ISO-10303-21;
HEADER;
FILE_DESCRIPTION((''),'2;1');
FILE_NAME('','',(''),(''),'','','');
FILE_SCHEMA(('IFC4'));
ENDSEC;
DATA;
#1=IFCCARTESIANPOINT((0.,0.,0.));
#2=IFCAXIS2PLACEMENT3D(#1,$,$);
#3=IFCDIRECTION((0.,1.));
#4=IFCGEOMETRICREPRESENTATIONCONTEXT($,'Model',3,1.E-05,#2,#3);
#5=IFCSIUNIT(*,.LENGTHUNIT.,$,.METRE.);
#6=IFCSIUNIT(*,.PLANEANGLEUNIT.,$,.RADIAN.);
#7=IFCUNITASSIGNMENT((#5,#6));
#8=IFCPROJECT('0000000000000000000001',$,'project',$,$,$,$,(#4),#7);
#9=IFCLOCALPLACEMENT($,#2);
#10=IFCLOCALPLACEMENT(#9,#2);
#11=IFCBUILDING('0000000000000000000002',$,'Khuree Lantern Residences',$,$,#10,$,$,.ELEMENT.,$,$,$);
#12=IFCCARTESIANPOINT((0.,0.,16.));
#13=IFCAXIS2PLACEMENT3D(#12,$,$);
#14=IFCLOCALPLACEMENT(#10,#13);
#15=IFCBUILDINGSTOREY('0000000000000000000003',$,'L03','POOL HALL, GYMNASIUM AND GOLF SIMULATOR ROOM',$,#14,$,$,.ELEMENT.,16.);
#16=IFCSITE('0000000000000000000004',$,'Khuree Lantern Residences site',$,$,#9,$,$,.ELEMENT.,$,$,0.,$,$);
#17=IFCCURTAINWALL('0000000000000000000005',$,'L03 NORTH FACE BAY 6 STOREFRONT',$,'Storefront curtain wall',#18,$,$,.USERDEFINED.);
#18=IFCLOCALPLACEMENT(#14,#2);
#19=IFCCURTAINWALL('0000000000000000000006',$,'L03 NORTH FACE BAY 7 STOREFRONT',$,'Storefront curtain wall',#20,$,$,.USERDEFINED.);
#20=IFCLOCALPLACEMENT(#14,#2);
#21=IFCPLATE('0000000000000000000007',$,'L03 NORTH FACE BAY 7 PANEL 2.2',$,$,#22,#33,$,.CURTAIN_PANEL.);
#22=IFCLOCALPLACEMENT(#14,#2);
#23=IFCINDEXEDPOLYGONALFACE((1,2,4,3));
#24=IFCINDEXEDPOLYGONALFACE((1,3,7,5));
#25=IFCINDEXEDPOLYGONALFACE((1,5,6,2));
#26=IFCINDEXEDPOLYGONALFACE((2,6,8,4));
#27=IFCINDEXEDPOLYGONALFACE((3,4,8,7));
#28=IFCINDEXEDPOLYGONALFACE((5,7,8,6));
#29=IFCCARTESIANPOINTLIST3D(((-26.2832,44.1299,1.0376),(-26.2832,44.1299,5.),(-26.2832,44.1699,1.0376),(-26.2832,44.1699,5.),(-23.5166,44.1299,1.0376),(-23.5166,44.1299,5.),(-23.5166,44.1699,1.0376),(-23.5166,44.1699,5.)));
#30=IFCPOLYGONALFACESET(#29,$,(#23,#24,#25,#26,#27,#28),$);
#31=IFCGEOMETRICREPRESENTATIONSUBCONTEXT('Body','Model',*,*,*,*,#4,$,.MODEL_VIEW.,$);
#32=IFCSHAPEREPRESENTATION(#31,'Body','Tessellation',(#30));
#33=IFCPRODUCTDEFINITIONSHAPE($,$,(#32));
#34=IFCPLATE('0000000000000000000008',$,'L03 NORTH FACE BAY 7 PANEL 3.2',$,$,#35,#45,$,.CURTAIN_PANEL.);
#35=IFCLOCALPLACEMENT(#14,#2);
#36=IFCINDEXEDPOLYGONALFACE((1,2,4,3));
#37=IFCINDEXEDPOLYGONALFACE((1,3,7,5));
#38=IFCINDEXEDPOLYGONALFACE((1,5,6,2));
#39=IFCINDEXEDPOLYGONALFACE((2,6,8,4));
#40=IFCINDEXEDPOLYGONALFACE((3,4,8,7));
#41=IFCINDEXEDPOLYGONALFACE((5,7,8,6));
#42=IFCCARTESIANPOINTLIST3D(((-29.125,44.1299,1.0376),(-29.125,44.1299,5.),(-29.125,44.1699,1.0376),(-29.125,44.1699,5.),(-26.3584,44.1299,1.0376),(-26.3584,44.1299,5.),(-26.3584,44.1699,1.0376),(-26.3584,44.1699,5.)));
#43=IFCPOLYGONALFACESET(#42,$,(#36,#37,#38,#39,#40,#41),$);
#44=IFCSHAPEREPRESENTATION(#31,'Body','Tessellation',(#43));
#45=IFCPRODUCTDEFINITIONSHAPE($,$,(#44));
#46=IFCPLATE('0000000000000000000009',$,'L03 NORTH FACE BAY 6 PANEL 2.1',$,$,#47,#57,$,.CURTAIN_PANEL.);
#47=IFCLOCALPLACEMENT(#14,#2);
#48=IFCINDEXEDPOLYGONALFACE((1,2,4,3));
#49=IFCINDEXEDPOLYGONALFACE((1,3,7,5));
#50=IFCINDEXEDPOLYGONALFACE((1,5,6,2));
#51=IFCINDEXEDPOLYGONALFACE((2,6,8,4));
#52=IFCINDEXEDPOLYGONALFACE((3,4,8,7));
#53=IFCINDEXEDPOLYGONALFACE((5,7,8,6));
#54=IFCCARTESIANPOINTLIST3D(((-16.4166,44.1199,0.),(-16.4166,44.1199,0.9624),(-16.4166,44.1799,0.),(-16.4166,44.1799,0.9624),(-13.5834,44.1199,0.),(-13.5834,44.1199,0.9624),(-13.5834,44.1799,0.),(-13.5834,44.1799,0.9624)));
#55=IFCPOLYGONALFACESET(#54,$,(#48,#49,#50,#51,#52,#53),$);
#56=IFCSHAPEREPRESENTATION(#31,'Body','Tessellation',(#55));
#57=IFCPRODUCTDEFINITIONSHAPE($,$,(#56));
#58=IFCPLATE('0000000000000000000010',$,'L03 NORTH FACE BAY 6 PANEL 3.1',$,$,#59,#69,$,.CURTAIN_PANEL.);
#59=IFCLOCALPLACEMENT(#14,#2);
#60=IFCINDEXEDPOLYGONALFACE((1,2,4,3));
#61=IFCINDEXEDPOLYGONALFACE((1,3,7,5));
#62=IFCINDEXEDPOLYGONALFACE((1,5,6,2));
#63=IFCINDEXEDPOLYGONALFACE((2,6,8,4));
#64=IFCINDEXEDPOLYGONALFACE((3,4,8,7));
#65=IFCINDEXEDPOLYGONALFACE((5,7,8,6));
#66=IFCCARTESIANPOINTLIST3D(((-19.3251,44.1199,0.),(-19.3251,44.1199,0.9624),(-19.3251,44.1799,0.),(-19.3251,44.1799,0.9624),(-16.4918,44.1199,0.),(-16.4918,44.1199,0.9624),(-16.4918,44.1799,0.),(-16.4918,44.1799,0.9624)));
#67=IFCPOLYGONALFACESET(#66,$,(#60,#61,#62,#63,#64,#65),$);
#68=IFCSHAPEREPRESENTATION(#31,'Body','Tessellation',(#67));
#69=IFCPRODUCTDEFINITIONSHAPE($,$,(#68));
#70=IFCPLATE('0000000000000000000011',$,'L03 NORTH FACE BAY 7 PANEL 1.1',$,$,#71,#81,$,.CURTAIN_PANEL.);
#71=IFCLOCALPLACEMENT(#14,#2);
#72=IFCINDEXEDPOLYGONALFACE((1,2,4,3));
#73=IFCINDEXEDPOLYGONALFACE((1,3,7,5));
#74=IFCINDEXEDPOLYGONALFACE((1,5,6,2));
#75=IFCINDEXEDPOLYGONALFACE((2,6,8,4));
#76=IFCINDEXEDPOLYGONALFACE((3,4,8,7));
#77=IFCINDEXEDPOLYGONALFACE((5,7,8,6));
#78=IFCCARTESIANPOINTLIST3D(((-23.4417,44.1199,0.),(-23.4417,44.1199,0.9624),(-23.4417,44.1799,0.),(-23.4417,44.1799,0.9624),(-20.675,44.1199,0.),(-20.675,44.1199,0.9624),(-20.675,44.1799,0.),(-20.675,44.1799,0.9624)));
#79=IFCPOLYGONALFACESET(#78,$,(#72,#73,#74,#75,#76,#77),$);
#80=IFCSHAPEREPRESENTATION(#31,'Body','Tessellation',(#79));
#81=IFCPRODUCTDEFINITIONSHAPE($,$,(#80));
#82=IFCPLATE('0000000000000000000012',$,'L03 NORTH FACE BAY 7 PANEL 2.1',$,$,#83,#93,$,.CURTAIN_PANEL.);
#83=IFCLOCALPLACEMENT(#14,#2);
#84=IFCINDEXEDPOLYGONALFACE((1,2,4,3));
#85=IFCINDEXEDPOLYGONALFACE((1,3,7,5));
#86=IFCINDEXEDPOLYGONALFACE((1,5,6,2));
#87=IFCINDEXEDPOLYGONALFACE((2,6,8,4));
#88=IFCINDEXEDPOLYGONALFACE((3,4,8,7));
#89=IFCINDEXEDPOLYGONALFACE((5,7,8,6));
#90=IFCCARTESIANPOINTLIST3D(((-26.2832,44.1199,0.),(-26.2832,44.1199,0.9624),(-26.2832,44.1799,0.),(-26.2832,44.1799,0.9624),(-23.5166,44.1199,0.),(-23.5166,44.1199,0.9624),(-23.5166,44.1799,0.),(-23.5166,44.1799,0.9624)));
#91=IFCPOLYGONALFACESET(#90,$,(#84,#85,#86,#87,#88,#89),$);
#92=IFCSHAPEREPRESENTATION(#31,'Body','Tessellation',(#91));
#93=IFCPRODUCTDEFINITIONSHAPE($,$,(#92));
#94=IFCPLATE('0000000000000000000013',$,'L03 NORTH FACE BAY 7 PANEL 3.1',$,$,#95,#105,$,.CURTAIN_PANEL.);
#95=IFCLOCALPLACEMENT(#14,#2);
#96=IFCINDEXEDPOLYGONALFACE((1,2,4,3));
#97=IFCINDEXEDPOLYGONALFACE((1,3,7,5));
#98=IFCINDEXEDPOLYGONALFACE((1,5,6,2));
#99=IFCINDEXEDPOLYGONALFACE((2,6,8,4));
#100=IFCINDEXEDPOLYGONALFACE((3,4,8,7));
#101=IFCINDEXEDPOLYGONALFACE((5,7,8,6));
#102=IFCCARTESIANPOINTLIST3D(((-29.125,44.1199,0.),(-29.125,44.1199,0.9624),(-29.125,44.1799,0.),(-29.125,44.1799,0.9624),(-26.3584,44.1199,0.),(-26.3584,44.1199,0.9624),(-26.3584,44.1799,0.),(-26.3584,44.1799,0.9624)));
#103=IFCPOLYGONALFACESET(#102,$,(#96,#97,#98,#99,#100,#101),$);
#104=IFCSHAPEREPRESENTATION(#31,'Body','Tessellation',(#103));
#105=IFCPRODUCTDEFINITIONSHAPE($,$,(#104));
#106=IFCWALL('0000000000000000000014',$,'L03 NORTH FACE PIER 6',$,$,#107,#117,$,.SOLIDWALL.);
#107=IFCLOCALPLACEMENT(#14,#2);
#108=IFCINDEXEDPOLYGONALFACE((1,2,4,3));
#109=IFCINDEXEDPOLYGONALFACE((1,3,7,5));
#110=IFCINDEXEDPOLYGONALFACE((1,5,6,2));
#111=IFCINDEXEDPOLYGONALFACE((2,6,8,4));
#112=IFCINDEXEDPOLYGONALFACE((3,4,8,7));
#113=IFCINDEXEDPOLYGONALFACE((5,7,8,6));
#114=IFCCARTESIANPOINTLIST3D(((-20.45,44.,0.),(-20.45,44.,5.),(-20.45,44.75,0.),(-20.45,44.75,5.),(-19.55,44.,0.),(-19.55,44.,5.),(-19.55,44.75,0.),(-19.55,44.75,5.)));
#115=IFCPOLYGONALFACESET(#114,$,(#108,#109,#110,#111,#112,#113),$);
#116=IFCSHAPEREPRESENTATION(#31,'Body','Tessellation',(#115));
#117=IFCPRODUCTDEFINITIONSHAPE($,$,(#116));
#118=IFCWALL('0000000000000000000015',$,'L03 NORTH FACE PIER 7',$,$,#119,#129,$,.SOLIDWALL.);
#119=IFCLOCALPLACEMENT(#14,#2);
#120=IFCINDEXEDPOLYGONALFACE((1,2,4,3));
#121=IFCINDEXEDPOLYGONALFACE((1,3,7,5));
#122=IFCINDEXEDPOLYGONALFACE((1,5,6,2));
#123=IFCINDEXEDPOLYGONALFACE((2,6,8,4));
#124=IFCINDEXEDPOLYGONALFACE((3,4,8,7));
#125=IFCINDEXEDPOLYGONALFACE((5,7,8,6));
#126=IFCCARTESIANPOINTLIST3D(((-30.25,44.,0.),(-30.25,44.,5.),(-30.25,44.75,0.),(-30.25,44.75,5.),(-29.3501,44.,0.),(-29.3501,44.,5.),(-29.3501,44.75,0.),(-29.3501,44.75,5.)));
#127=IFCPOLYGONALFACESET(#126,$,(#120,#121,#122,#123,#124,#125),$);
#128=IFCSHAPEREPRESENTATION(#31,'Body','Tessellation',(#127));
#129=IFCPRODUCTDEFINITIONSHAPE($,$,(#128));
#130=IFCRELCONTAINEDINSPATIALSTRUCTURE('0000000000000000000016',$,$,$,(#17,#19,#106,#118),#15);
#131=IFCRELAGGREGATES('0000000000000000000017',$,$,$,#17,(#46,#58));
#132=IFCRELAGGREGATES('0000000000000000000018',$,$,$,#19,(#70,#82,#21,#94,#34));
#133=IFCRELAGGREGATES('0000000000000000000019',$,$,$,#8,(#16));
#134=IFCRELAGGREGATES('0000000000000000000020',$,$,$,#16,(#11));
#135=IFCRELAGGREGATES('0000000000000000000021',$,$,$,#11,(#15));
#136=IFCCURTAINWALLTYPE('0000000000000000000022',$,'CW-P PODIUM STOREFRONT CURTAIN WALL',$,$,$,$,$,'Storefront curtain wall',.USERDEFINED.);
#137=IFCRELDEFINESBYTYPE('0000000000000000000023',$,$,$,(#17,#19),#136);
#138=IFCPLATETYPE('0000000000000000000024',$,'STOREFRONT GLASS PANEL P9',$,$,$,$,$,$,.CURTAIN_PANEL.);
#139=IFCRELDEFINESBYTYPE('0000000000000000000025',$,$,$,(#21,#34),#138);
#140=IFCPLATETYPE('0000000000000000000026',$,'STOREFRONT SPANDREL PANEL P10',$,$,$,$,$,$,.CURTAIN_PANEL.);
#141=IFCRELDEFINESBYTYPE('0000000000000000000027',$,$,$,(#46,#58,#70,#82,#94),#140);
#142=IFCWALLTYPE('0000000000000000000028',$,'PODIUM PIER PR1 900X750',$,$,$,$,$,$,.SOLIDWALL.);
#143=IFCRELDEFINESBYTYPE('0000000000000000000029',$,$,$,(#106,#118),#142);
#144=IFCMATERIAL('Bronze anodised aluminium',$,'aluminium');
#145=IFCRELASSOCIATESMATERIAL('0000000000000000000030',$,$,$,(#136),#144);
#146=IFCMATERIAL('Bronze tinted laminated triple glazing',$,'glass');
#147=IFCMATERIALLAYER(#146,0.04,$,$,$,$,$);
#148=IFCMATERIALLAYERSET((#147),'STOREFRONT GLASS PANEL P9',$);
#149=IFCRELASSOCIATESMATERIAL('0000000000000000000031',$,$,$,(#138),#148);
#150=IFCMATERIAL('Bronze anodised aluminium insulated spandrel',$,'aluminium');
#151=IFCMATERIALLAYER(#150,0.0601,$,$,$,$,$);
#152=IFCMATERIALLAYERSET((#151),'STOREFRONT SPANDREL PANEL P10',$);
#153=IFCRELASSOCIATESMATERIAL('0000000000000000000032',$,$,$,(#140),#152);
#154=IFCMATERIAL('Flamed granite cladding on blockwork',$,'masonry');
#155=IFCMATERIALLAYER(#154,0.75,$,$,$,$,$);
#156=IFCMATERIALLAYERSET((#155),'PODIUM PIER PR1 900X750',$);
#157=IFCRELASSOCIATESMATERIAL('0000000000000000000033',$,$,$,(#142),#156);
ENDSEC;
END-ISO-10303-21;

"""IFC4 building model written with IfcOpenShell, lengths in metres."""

from ifc_helpers import new_model, si_unit, direction, frame, frame_2d, origin, origin_2d, place, context, subcontext, project, spatial, rectangle, extrude, material, layer, layer_set, type_object, element, aggregate, save


model = new_model("IFC4")

# Units and contexts
model_context = context("Model", 3, precision=1e-05, world=origin(), true_north=direction((0.0, 1.0)))
body_context = subcontext(model_context, "Body", "Model", "MODEL_VIEW")
ifc_project = project(units=[si_unit("LENGTHUNIT", "METRE"), si_unit("PLANEANGLEUNIT", "RADIAN")], contexts=[model_context])

# Site, building, storey
site_placement = place(None, origin())
site = spatial("IfcSite", under=ifc_project, at=site_placement, Name="Khuree Lantern Residences site", CompositionType="ELEMENT", RefElevation=0.0)
building_placement = place(site_placement, origin())
building = spatial("IfcBuilding", under=site, at=building_placement, Name="Khuree Lantern Residences", CompositionType="ELEMENT")
storey_placement = place(building_placement, frame((0.0, 0.0, 16.0)))
storey = spatial("IfcBuildingStorey", under=building, at=storey_placement, Name="L03", Description="POOL HALL, GYMNASIUM AND GOLF SIMULATOR ROOM", CompositionType="ELEMENT", Elevation=16.0)

# Curtain walls
ifc_material_1 = material(Name="Bronze anodised aluminium", Category="aluminium")
curtain_wall_type = type_object("IfcCurtainWallType", Name="CW-P PODIUM STOREFRONT CURTAIN WALL", ElementType="Storefront curtain wall", PredefinedType="USERDEFINED", material=ifc_material_1)
curtain_wall_1_placement = place(storey_placement, origin())
curtain_wall_1 = element("IfcCurtainWall", 1, at=curtain_wall_1_placement, inside=storey, type_object=curtain_wall_type, Name="L03 NORTH FACE BAY 6 STOREFRONT", ObjectType="Storefront curtain wall", PredefinedType="USERDEFINED")
curtain_wall_2_placement = place(storey_placement, origin())
curtain_wall_2 = element("IfcCurtainWall", 2, at=curtain_wall_2_placement, inside=storey, type_object=curtain_wall_type, Name="L03 NORTH FACE BAY 7 STOREFRONT", ObjectType="Storefront curtain wall", PredefinedType="USERDEFINED")

# Plates
ifc_material_2 = material(Name="Bronze tinted laminated triple glazing", Category="glass")
ifc_layer_1 = layer(ifc_material_2, 0.04)
ifc_layer_set_1 = layer_set([ifc_layer_1], Name="STOREFRONT GLASS PANEL P9")
plate_type_1 = type_object("IfcPlateType", Name="STOREFRONT GLASS PANEL P9", PredefinedType="CURTAIN_PANEL", material=ifc_layer_set_1)
plate_1_placement = place(storey_placement, frame((-24.8999, 44.1499, 1.0376), z_axis=(0.0, 0.0, 1.0), x_axis=(-1.0, 0.0, 0.0)))
plate_1 = element("IfcPlate", 3, at=plate_1_placement, type_object=plate_type_1, Name="L03 NORTH FACE BAY 7 PANEL 2.2", PredefinedType="CURTAIN_PANEL", context=body_context, shape_type="SweptSolid", body=[
    extrude(rectangle(XDim=2.7666, YDim=0.04, at=origin_2d()), origin(), (0.0, 0.0, 1.0), 3.9624),
])
plate_2_placement = place(storey_placement, frame((-27.7417, 44.1499, 1.0376), z_axis=(0.0, 0.0, 1.0), x_axis=(-1.0, 0.0, 0.0)))
plate_2 = element("IfcPlate", 4, at=plate_2_placement, type_object=plate_type_1, Name="L03 NORTH FACE BAY 7 PANEL 3.2", PredefinedType="CURTAIN_PANEL", context=body_context, shape_type="SweptSolid", body=[
    extrude(rectangle(XDim=2.7666, YDim=0.04, at=origin_2d()), origin(), (0.0, 0.0, 1.0), 3.9624),
])
ifc_material_3 = material(Name="Bronze anodised aluminium insulated spandrel", Category="aluminium")
ifc_layer_2 = layer(ifc_material_3, 0.0601)
ifc_layer_set_2 = layer_set([ifc_layer_2], Name="STOREFRONT SPANDREL PANEL P10")
plate_type_2 = type_object("IfcPlateType", Name="STOREFRONT SPANDREL PANEL P10", PredefinedType="CURTAIN_PANEL", material=ifc_layer_set_2)
plate_3_placement = place(storey_placement, frame((-15.0, 44.1499, 0.0), z_axis=(0.0, 0.0, 1.0), x_axis=(-1.0, 0.0, 0.0)))
plate_3 = element("IfcPlate", 5, at=plate_3_placement, type_object=plate_type_2, Name="L03 NORTH FACE BAY 6 PANEL 2.1", PredefinedType="CURTAIN_PANEL", context=body_context, shape_type="SweptSolid", body=[
    extrude(rectangle(XDim=2.8333, YDim=0.0601, at=origin_2d()), origin(), (0.0, 0.0, 1.0), 0.9624),
])
plate_4_placement = place(storey_placement, frame((-17.9084, 44.1499, 0.0), z_axis=(0.0, 0.0, 1.0), x_axis=(-1.0, 0.0, 0.0)))
plate_4 = element("IfcPlate", 6, at=plate_4_placement, type_object=plate_type_2, Name="L03 NORTH FACE BAY 6 PANEL 3.1", PredefinedType="CURTAIN_PANEL", context=body_context, shape_type="SweptSolid", body=[
    extrude(rectangle(XDim=2.8333, YDim=0.0601, at=origin_2d()), origin(), (0.0, 0.0, 1.0), 0.9624),
])
aggregate(curtain_wall_1, [plate_3, plate_4])
plate_5_placement = place(storey_placement, frame((-22.0583, 44.1499, 0.0), z_axis=(0.0, 0.0, 1.0), x_axis=(-1.0, 0.0, 0.0)))
plate_5 = element("IfcPlate", 7, at=plate_5_placement, type_object=plate_type_2, Name="L03 NORTH FACE BAY 7 PANEL 1.1", PredefinedType="CURTAIN_PANEL", context=body_context, shape_type="SweptSolid", body=[
    extrude(rectangle(XDim=2.7666, YDim=0.0601, at=origin_2d()), origin(), (0.0, 0.0, 1.0), 0.9624),
])
plate_6_placement = place(storey_placement, frame((-24.8999, 44.1499, 0.0), z_axis=(0.0, 0.0, 1.0), x_axis=(-1.0, 0.0, 0.0)))
plate_6 = element("IfcPlate", 8, at=plate_6_placement, type_object=plate_type_2, Name="L03 NORTH FACE BAY 7 PANEL 2.1", PredefinedType="CURTAIN_PANEL", context=body_context, shape_type="SweptSolid", body=[
    extrude(rectangle(XDim=2.7666, YDim=0.0601, at=origin_2d()), origin(), (0.0, 0.0, 1.0), 0.9624),
])
plate_7_placement = place(storey_placement, frame((-27.7417, 44.1499, 0.0), z_axis=(0.0, 0.0, 1.0), x_axis=(-1.0, 0.0, 0.0)))
plate_7 = element("IfcPlate", 9, at=plate_7_placement, type_object=plate_type_2, Name="L03 NORTH FACE BAY 7 PANEL 3.1", PredefinedType="CURTAIN_PANEL", context=body_context, shape_type="SweptSolid", body=[
    extrude(rectangle(XDim=2.7666, YDim=0.0601, at=origin_2d()), origin(), (0.0, 0.0, 1.0), 0.9624),
])
aggregate(curtain_wall_2, [plate_5, plate_6, plate_1, plate_7, plate_2])

# Walls
ifc_material_4 = material(Name="Flamed granite cladding on blockwork", Category="masonry")
ifc_layer_3 = layer(ifc_material_4, 0.75)
ifc_layer_set_3 = layer_set([ifc_layer_3], Name="PODIUM PIER PR1 900X750")
wall_type = type_object("IfcWallType", Name="PODIUM PIER PR1 900X750", PredefinedType="SOLIDWALL", material=ifc_layer_set_3)
for number, where, z_axis, x_axis, name in (
    (10, (-19.55, 44.375, 0.0), (0.0, 0.0, 1.0), (-1.0, 0.0, 0.0), "L03 NORTH FACE PIER 6"),
    (11, (-29.3501, 44.375, 0.0), (0.0, 0.0, 1.0), (-1.0, 0.0, 0.0), "L03 NORTH FACE PIER 7"),
):
    element("IfcWall", number, at=place(storey_placement, frame(where, z_axis=z_axis, x_axis=x_axis)), inside=storey, type_object=wall_type, Name=name, PredefinedType="SOLIDWALL", context=body_context, shape_type="SweptSolid", body=[
        extrude(rectangle(XDim=0.8999, YDim=0.75, at=frame_2d((0.45, 0.0))), origin(), (0.0, 0.0, 1.0), 5.0),
    ])

save(model, "model.ifc")
